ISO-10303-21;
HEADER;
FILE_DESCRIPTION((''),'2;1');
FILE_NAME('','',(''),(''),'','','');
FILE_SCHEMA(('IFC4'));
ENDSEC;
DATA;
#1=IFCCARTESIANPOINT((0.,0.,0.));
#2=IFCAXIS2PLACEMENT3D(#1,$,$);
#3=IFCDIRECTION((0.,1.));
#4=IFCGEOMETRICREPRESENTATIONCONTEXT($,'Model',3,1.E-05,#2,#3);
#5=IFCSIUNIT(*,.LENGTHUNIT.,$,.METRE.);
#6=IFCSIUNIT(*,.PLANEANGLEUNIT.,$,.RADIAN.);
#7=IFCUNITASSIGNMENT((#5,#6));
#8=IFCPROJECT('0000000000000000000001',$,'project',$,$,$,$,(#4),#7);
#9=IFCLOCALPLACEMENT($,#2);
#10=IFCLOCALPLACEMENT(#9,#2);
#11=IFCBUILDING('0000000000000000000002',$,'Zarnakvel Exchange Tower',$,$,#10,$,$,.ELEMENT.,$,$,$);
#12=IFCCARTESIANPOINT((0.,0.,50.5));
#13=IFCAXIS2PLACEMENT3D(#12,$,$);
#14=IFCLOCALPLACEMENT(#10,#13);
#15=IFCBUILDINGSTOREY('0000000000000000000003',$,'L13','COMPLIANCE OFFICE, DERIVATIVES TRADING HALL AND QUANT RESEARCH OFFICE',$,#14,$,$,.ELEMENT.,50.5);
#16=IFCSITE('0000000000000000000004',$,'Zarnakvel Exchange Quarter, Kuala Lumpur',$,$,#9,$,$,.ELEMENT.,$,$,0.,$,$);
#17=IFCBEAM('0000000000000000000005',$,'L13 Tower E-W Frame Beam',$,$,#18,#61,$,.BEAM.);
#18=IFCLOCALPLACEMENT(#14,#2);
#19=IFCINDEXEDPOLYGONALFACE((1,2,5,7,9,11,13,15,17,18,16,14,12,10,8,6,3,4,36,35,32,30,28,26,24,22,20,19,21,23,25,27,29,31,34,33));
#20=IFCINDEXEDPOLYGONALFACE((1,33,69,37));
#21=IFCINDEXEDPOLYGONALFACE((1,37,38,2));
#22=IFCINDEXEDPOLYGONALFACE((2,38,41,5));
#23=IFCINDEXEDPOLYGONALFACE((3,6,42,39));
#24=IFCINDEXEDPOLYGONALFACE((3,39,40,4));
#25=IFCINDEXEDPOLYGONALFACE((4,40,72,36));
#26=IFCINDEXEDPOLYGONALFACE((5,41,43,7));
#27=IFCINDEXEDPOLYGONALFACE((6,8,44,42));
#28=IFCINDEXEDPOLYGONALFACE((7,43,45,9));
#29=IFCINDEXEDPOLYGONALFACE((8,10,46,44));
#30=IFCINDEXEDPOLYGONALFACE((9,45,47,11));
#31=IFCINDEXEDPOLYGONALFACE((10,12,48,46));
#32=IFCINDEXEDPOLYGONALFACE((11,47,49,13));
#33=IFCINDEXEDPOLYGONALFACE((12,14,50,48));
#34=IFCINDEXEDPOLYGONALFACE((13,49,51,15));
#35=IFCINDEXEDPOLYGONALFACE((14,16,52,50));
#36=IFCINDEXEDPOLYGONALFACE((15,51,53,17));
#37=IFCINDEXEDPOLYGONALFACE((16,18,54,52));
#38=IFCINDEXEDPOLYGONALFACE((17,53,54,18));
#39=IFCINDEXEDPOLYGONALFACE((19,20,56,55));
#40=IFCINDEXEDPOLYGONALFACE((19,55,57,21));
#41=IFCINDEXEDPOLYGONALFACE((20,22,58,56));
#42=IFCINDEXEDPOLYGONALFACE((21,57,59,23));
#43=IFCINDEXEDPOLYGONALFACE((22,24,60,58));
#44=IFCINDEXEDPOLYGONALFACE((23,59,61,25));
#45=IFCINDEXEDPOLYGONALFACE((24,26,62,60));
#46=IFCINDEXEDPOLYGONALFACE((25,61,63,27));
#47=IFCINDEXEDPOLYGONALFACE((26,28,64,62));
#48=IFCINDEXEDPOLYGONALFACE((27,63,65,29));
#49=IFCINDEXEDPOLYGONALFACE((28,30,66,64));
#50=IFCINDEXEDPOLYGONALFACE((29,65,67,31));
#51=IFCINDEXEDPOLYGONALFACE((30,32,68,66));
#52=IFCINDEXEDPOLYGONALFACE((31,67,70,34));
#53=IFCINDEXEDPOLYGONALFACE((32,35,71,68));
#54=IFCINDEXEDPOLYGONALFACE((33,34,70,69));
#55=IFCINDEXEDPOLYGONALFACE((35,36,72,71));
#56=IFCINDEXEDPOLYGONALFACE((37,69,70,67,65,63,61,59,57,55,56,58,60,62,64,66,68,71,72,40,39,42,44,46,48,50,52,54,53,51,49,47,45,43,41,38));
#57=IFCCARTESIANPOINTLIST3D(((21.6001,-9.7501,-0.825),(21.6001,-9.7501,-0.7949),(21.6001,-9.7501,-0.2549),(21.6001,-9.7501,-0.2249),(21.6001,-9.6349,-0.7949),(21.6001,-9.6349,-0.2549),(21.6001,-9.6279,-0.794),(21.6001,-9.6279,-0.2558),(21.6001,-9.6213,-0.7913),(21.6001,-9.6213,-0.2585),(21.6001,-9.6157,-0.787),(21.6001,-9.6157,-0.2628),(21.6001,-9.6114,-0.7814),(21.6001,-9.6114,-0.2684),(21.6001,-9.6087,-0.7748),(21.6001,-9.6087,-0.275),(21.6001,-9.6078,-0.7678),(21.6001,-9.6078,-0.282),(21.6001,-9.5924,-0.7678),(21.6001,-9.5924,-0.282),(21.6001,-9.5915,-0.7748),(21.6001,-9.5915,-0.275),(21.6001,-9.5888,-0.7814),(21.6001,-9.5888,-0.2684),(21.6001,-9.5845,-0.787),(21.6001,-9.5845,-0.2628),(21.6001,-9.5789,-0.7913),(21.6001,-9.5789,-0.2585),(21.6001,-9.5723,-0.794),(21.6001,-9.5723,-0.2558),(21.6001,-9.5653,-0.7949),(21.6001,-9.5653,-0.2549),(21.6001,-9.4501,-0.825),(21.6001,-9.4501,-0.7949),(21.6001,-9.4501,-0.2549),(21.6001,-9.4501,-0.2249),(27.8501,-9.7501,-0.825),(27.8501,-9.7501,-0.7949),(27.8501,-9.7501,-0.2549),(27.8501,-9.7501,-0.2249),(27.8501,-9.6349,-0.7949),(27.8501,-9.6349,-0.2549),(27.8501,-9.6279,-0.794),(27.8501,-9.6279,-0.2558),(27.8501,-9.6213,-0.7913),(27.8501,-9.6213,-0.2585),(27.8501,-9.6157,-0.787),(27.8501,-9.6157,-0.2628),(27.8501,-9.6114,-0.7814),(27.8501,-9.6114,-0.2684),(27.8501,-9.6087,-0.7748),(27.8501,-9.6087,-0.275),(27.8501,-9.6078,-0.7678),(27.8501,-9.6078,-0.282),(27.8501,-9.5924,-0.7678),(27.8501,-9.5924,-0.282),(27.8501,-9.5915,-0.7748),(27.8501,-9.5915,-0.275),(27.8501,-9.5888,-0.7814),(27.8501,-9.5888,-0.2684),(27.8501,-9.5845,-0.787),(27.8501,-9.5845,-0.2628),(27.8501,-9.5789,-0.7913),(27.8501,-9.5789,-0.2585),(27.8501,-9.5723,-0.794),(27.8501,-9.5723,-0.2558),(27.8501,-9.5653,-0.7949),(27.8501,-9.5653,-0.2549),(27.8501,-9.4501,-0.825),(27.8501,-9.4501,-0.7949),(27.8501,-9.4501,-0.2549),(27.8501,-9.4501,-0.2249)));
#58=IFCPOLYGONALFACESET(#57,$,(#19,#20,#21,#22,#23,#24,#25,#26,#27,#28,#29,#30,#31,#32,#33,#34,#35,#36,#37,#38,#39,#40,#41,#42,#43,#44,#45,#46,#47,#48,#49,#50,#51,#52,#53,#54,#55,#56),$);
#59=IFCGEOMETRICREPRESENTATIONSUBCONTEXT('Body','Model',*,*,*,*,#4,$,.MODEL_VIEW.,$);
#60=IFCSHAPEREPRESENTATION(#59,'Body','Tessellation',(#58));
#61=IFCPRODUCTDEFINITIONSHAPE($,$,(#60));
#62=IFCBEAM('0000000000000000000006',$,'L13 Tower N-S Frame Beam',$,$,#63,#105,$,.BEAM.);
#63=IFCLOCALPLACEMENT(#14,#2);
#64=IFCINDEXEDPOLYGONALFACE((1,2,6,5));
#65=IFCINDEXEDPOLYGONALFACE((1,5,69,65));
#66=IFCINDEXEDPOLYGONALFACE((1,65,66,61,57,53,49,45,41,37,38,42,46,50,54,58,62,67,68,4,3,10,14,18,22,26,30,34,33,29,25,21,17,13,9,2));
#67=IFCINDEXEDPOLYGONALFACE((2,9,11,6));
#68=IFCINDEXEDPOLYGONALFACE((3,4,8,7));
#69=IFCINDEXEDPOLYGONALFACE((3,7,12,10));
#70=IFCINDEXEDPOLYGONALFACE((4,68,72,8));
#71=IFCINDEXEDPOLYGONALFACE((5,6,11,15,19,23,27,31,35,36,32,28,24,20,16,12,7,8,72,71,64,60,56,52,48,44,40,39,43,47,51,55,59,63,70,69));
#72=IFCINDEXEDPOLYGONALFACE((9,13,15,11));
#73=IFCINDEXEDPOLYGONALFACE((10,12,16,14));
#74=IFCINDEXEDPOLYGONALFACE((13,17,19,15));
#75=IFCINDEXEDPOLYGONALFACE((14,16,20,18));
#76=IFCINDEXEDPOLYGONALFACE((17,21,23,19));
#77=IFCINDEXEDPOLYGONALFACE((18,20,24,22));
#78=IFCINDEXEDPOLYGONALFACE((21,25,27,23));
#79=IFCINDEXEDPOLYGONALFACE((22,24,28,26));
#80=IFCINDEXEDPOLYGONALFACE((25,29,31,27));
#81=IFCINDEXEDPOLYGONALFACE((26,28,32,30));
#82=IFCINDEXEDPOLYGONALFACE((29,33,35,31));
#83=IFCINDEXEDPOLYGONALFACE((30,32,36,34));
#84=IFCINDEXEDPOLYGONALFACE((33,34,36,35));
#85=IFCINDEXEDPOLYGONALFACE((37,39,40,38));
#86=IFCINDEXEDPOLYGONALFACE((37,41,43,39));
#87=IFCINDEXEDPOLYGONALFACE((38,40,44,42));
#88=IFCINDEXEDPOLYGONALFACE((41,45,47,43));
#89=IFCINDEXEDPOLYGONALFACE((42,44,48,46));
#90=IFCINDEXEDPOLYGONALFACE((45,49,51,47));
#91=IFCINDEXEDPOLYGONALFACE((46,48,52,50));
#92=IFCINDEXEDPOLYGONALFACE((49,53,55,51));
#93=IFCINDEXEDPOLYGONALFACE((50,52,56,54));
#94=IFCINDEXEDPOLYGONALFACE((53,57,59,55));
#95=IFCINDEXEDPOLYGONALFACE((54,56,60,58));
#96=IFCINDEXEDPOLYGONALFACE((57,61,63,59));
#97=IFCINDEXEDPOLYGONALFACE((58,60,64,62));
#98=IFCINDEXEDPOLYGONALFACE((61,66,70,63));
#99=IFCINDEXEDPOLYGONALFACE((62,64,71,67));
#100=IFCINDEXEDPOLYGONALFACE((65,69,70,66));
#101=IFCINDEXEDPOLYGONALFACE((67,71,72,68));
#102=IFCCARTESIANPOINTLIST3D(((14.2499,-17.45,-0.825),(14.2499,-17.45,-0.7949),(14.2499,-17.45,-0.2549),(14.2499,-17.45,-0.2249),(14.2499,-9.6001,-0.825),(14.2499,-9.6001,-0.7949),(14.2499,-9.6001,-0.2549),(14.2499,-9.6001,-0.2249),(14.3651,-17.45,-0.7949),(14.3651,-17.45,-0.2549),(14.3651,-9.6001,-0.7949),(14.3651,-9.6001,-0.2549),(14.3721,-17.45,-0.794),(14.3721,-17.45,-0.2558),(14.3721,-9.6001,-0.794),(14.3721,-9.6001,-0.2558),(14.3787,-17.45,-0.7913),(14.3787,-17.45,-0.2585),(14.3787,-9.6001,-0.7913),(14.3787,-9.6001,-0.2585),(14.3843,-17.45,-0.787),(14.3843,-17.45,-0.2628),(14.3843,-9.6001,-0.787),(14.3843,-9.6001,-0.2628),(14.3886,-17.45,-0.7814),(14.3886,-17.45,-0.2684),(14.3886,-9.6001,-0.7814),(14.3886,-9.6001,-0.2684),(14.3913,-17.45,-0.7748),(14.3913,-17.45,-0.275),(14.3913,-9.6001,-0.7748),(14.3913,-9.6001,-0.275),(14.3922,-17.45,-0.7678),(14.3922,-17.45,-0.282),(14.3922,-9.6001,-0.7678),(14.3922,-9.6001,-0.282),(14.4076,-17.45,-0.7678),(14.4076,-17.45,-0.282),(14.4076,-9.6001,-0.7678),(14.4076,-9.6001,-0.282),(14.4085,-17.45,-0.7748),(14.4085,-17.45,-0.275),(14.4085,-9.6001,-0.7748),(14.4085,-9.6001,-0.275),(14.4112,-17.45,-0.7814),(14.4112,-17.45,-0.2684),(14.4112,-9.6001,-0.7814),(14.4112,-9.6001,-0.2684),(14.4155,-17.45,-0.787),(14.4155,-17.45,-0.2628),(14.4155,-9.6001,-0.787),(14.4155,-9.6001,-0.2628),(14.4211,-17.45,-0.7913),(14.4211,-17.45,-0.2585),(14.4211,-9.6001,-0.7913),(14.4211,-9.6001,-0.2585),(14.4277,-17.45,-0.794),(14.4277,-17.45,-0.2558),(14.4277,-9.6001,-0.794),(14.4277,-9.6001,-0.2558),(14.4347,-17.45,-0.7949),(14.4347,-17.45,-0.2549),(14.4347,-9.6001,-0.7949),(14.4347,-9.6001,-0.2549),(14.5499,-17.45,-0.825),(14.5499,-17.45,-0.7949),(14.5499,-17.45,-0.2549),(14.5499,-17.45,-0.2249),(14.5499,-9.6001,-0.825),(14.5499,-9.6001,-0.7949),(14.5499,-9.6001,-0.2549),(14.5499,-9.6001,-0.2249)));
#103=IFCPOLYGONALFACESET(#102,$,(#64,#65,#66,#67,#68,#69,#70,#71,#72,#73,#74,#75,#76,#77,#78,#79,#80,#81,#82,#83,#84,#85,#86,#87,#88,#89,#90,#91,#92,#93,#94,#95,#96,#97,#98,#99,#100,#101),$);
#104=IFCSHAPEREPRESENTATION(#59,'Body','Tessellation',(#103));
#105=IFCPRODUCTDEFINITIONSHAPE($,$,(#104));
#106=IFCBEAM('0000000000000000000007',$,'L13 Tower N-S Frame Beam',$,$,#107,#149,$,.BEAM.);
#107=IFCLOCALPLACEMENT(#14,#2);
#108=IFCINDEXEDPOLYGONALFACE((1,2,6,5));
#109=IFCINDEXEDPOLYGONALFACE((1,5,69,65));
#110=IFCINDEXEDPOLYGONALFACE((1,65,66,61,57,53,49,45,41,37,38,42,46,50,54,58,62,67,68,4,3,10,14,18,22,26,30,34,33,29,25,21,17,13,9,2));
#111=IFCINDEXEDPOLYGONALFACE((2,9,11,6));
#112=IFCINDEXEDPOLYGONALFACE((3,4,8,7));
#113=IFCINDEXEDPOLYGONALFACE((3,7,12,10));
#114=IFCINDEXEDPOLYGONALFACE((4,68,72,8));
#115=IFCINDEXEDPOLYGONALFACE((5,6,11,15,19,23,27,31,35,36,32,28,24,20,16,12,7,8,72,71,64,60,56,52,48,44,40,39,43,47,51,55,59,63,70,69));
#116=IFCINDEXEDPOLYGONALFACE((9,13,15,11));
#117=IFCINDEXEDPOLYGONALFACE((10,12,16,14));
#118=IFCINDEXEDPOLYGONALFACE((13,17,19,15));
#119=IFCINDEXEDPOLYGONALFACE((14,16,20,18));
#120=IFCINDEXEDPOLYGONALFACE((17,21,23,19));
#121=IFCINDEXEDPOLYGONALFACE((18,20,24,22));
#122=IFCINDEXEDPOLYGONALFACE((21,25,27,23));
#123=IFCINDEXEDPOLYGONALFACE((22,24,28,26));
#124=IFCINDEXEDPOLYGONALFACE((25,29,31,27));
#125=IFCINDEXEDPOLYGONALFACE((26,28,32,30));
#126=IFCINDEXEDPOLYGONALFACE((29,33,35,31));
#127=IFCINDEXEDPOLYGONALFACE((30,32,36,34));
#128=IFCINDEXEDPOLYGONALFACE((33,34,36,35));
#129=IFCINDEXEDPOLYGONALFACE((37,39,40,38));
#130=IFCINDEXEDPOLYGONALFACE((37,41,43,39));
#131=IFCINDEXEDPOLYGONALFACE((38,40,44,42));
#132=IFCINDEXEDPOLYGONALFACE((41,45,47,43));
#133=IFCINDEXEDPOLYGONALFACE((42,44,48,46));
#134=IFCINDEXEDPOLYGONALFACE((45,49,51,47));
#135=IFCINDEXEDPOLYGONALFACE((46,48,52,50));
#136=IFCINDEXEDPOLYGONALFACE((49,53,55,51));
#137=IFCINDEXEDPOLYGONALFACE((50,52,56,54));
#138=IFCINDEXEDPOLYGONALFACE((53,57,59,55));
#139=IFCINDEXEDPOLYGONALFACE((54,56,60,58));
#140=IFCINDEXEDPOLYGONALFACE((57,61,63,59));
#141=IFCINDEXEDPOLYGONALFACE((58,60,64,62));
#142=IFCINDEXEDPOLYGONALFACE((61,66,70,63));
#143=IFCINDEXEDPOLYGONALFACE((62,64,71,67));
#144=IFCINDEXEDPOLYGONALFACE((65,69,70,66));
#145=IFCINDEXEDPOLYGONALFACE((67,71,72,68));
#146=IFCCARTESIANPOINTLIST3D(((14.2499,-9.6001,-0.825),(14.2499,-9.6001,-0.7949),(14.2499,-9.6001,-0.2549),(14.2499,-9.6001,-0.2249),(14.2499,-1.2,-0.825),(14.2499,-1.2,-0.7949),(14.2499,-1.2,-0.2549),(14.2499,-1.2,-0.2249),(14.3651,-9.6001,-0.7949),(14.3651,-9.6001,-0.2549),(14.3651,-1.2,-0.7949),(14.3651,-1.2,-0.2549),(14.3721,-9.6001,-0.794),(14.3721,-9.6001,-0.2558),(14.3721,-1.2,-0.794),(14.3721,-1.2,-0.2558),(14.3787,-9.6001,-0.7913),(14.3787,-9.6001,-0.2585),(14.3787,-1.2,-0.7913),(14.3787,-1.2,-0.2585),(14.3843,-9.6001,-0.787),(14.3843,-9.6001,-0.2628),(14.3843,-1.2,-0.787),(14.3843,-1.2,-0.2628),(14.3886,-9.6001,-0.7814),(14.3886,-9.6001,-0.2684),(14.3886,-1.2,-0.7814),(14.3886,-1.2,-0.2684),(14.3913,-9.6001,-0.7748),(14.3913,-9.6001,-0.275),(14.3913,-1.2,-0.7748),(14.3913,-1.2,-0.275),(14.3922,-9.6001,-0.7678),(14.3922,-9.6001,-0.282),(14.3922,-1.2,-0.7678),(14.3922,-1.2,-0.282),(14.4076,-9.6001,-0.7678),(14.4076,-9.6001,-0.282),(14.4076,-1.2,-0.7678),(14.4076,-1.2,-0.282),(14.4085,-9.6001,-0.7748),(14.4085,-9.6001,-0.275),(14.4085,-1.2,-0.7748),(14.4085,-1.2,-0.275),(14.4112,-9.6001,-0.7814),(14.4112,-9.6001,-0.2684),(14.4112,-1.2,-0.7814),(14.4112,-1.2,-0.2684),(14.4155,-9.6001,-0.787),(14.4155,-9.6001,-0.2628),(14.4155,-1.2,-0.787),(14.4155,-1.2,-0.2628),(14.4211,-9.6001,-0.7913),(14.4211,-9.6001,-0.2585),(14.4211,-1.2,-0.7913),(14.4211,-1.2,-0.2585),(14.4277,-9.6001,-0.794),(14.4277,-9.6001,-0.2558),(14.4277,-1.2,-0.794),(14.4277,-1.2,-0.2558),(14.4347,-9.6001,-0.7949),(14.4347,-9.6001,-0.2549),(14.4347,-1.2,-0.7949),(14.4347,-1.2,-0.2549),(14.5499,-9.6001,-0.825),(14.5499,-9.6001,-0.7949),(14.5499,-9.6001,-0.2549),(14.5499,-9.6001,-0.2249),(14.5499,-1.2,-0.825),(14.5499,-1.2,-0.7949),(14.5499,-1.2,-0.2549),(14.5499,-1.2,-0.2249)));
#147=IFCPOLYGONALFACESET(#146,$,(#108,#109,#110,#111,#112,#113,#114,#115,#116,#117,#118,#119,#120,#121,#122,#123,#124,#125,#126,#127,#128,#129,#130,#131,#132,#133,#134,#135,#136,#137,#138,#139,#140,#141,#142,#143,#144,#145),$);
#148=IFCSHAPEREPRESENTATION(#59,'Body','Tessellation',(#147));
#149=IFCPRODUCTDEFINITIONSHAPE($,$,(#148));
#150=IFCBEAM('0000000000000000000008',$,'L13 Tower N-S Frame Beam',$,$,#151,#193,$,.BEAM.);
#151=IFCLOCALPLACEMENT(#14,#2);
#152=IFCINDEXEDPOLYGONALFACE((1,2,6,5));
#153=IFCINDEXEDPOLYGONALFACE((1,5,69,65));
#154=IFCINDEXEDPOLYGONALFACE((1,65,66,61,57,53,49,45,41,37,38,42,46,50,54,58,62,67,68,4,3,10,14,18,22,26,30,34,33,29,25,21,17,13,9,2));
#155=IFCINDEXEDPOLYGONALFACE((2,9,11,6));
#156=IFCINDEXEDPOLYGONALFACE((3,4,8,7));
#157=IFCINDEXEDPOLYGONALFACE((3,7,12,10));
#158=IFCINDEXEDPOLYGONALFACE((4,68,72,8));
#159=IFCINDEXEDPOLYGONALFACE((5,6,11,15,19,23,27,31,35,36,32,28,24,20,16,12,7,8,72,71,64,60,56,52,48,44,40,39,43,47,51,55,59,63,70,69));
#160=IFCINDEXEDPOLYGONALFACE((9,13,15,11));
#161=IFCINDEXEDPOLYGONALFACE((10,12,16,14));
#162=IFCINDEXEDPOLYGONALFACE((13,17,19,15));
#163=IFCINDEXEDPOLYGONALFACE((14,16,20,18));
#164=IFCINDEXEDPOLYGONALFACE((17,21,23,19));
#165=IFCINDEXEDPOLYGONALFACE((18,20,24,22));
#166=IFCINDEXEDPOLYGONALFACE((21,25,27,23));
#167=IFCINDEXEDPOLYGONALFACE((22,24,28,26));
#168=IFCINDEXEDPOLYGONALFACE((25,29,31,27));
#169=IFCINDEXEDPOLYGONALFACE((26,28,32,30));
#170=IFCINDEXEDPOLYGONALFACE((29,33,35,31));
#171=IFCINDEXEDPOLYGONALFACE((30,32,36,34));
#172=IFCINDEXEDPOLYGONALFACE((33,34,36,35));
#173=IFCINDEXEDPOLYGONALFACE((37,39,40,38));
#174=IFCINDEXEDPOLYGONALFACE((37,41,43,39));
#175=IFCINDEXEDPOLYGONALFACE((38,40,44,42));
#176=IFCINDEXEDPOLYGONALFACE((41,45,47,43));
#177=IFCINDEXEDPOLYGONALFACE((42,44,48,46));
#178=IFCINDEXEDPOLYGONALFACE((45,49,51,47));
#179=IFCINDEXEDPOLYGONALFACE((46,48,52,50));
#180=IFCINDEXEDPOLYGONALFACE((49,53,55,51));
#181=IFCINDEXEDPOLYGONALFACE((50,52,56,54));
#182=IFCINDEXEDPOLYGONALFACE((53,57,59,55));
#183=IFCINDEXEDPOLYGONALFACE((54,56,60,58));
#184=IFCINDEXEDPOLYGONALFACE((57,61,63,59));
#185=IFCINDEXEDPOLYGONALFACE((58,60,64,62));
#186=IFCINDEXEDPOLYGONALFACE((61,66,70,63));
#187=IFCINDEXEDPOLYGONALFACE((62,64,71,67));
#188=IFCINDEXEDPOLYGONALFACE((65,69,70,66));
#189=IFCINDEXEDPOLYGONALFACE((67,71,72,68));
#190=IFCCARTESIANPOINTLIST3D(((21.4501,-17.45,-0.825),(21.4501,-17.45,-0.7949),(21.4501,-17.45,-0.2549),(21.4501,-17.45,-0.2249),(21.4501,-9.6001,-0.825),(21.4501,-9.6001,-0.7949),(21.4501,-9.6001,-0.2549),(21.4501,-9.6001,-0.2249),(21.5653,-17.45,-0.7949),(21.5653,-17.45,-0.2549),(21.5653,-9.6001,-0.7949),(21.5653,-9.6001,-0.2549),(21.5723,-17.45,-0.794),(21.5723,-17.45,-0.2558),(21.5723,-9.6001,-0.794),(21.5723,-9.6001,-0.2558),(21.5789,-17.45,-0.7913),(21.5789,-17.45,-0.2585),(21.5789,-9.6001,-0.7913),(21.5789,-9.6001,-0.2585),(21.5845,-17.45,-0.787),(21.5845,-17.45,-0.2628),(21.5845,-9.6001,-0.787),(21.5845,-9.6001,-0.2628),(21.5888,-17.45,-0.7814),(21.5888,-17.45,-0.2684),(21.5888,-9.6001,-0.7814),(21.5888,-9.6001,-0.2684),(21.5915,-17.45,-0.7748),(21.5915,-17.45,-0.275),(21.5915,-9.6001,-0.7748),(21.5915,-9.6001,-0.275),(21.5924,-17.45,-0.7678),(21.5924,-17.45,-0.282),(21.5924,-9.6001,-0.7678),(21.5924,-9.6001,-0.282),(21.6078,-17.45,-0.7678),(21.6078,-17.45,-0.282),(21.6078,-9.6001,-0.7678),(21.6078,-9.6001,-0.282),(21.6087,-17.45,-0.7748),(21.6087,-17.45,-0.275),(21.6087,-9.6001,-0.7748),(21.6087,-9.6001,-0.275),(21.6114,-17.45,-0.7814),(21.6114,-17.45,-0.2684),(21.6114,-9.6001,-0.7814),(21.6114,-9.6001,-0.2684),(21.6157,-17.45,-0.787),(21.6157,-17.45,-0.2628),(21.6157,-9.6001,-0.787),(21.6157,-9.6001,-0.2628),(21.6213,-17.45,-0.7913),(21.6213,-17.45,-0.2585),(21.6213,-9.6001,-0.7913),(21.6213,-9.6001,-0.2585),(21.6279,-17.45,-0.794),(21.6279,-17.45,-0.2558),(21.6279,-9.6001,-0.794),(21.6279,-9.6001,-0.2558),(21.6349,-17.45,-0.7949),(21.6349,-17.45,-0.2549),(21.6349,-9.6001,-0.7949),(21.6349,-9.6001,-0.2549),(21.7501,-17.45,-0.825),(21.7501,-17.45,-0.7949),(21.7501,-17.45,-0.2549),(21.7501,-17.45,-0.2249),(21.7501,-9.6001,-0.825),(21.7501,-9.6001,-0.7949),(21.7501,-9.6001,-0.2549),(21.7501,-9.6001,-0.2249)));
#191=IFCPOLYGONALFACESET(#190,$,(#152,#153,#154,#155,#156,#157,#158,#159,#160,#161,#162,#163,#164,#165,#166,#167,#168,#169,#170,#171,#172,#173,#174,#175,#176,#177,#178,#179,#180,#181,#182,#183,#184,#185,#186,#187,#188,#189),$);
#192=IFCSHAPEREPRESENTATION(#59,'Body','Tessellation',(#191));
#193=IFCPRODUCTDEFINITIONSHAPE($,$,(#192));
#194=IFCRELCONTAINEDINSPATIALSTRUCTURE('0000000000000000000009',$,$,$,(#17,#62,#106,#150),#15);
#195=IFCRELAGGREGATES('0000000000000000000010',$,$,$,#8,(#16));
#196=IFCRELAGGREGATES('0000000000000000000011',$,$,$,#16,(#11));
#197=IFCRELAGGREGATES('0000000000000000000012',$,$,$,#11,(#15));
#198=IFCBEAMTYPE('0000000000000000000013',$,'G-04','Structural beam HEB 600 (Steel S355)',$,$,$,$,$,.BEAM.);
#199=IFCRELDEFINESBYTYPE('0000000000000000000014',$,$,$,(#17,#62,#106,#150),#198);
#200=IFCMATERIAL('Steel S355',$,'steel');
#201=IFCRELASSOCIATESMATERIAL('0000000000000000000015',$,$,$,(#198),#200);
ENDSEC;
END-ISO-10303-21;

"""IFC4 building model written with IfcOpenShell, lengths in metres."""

from ifc_helpers import new_model, si_unit, direction, frame, origin, origin_2d, place, context, subcontext, project, spatial, i_section, extrude, material, material_profile, profile_set, type_object, element, save


model = new_model("IFC4")

# Units and contexts
model_context = context("Model", 3, precision=1e-05, world=origin(), true_north=direction((0.0, 1.0)))
body_context = subcontext(model_context, "Body", "Model", "MODEL_VIEW")
ifc_project = project(units=[si_unit("LENGTHUNIT", "METRE"), si_unit("PLANEANGLEUNIT", "RADIAN")], contexts=[model_context])

# Site, building, storey
site_placement = place(None, origin())
site = spatial("IfcSite", under=ifc_project, at=site_placement, Name="Zarnakvel Exchange Quarter, Kuala Lumpur", CompositionType="ELEMENT", RefElevation=0.0)
building_placement = place(site_placement, origin())
building = spatial("IfcBuilding", under=site, at=building_placement, Name="Zarnakvel Exchange Tower", CompositionType="ELEMENT")
storey_placement = place(building_placement, frame((0.0, 0.0, 50.5)))
storey = spatial("IfcBuildingStorey", under=building, at=storey_placement, Name="L13", Description="COMPLIANCE OFFICE, DERIVATIVES TRADING HALL AND QUANT RESEARCH OFFICE", CompositionType="ELEMENT", Elevation=50.5)

# Shared definitions
ifc_material_1 = material(Name="Steel S355", Category="steel")

# Beams
ifc_material_profile_1 = material_profile(ifc_material_1, i_section(OverallWidth=0.3, OverallDepth=0.6001, WebThickness=0.0154, FlangeThickness=0.03, FilletRadius=0.0271, at=origin_2d()))
ifc_profile_set_1 = profile_set([ifc_material_profile_1], Name="Steel S355")
beam_type_1 = type_object("IfcBeamType", Name="G-04", Description="Structural beam HEB 600 (Steel S355)", PredefinedType="BEAM", material=ifc_profile_set_1)
beam_1_placement = place(storey_placement, frame((21.6001, -9.6001, -0.5249), z_axis=(1.0, 0.0, 0.0), x_axis=(0.0, 1.0, 0.0)))
element("IfcBeam", 1, at=beam_1_placement, inside=storey, type_object=beam_type_1, Name="L13 Tower E-W Frame Beam", PredefinedType="BEAM", context=body_context, shape_type="SweptSolid", body=[
    extrude(i_section(OverallWidth=0.3, OverallDepth=0.6001, WebThickness=0.0154, FlangeThickness=0.03, FilletRadius=0.0271, at=origin_2d()), origin(), (0.0, 0.0, 1.0), 6.25),
])
beam_2_placement = place(storey_placement, frame((14.3999, -17.45, -0.5249), z_axis=(0.0, 1.0, 0.0), x_axis=(-1.0, 0.0, 0.0)))
element("IfcBeam", 2, at=beam_2_placement, inside=storey, type_object=beam_type_1, Name="L13 Tower N-S Frame Beam", PredefinedType="BEAM", context=body_context, shape_type="SweptSolid", body=[
    extrude(i_section(OverallWidth=0.3, OverallDepth=0.6001, WebThickness=0.0154, FlangeThickness=0.03, FilletRadius=0.0271, at=origin_2d()), origin(), (0.0, 0.0, 1.0), 7.8499),
])
beam_3_placement = place(storey_placement, frame((14.3999, -9.6001, -0.5249), z_axis=(0.0, 1.0, 0.0), x_axis=(-1.0, 0.0, 0.0)))
element("IfcBeam", 3, at=beam_3_placement, inside=storey, type_object=beam_type_1, Name="L13 Tower N-S Frame Beam", PredefinedType="BEAM", context=body_context, shape_type="SweptSolid", body=[
    extrude(i_section(OverallWidth=0.3, OverallDepth=0.6001, WebThickness=0.0154, FlangeThickness=0.03, FilletRadius=0.0271, at=origin_2d()), origin(), (0.0, 0.0, 1.0), 8.4001),
])
beam_4_placement = place(storey_placement, frame((21.6001, -17.45, -0.5249), z_axis=(0.0, 1.0, 0.0), x_axis=(-1.0, 0.0, 0.0)))
element("IfcBeam", 4, at=beam_4_placement, inside=storey, type_object=beam_type_1, Name="L13 Tower N-S Frame Beam", PredefinedType="BEAM", context=body_context, shape_type="SweptSolid", body=[
    extrude(i_section(OverallWidth=0.3, OverallDepth=0.6001, WebThickness=0.0154, FlangeThickness=0.03, FilletRadius=0.0271, at=origin_2d()), origin(), (0.0, 0.0, 1.0), 7.8499),
])

save(model, "model.ifc")
